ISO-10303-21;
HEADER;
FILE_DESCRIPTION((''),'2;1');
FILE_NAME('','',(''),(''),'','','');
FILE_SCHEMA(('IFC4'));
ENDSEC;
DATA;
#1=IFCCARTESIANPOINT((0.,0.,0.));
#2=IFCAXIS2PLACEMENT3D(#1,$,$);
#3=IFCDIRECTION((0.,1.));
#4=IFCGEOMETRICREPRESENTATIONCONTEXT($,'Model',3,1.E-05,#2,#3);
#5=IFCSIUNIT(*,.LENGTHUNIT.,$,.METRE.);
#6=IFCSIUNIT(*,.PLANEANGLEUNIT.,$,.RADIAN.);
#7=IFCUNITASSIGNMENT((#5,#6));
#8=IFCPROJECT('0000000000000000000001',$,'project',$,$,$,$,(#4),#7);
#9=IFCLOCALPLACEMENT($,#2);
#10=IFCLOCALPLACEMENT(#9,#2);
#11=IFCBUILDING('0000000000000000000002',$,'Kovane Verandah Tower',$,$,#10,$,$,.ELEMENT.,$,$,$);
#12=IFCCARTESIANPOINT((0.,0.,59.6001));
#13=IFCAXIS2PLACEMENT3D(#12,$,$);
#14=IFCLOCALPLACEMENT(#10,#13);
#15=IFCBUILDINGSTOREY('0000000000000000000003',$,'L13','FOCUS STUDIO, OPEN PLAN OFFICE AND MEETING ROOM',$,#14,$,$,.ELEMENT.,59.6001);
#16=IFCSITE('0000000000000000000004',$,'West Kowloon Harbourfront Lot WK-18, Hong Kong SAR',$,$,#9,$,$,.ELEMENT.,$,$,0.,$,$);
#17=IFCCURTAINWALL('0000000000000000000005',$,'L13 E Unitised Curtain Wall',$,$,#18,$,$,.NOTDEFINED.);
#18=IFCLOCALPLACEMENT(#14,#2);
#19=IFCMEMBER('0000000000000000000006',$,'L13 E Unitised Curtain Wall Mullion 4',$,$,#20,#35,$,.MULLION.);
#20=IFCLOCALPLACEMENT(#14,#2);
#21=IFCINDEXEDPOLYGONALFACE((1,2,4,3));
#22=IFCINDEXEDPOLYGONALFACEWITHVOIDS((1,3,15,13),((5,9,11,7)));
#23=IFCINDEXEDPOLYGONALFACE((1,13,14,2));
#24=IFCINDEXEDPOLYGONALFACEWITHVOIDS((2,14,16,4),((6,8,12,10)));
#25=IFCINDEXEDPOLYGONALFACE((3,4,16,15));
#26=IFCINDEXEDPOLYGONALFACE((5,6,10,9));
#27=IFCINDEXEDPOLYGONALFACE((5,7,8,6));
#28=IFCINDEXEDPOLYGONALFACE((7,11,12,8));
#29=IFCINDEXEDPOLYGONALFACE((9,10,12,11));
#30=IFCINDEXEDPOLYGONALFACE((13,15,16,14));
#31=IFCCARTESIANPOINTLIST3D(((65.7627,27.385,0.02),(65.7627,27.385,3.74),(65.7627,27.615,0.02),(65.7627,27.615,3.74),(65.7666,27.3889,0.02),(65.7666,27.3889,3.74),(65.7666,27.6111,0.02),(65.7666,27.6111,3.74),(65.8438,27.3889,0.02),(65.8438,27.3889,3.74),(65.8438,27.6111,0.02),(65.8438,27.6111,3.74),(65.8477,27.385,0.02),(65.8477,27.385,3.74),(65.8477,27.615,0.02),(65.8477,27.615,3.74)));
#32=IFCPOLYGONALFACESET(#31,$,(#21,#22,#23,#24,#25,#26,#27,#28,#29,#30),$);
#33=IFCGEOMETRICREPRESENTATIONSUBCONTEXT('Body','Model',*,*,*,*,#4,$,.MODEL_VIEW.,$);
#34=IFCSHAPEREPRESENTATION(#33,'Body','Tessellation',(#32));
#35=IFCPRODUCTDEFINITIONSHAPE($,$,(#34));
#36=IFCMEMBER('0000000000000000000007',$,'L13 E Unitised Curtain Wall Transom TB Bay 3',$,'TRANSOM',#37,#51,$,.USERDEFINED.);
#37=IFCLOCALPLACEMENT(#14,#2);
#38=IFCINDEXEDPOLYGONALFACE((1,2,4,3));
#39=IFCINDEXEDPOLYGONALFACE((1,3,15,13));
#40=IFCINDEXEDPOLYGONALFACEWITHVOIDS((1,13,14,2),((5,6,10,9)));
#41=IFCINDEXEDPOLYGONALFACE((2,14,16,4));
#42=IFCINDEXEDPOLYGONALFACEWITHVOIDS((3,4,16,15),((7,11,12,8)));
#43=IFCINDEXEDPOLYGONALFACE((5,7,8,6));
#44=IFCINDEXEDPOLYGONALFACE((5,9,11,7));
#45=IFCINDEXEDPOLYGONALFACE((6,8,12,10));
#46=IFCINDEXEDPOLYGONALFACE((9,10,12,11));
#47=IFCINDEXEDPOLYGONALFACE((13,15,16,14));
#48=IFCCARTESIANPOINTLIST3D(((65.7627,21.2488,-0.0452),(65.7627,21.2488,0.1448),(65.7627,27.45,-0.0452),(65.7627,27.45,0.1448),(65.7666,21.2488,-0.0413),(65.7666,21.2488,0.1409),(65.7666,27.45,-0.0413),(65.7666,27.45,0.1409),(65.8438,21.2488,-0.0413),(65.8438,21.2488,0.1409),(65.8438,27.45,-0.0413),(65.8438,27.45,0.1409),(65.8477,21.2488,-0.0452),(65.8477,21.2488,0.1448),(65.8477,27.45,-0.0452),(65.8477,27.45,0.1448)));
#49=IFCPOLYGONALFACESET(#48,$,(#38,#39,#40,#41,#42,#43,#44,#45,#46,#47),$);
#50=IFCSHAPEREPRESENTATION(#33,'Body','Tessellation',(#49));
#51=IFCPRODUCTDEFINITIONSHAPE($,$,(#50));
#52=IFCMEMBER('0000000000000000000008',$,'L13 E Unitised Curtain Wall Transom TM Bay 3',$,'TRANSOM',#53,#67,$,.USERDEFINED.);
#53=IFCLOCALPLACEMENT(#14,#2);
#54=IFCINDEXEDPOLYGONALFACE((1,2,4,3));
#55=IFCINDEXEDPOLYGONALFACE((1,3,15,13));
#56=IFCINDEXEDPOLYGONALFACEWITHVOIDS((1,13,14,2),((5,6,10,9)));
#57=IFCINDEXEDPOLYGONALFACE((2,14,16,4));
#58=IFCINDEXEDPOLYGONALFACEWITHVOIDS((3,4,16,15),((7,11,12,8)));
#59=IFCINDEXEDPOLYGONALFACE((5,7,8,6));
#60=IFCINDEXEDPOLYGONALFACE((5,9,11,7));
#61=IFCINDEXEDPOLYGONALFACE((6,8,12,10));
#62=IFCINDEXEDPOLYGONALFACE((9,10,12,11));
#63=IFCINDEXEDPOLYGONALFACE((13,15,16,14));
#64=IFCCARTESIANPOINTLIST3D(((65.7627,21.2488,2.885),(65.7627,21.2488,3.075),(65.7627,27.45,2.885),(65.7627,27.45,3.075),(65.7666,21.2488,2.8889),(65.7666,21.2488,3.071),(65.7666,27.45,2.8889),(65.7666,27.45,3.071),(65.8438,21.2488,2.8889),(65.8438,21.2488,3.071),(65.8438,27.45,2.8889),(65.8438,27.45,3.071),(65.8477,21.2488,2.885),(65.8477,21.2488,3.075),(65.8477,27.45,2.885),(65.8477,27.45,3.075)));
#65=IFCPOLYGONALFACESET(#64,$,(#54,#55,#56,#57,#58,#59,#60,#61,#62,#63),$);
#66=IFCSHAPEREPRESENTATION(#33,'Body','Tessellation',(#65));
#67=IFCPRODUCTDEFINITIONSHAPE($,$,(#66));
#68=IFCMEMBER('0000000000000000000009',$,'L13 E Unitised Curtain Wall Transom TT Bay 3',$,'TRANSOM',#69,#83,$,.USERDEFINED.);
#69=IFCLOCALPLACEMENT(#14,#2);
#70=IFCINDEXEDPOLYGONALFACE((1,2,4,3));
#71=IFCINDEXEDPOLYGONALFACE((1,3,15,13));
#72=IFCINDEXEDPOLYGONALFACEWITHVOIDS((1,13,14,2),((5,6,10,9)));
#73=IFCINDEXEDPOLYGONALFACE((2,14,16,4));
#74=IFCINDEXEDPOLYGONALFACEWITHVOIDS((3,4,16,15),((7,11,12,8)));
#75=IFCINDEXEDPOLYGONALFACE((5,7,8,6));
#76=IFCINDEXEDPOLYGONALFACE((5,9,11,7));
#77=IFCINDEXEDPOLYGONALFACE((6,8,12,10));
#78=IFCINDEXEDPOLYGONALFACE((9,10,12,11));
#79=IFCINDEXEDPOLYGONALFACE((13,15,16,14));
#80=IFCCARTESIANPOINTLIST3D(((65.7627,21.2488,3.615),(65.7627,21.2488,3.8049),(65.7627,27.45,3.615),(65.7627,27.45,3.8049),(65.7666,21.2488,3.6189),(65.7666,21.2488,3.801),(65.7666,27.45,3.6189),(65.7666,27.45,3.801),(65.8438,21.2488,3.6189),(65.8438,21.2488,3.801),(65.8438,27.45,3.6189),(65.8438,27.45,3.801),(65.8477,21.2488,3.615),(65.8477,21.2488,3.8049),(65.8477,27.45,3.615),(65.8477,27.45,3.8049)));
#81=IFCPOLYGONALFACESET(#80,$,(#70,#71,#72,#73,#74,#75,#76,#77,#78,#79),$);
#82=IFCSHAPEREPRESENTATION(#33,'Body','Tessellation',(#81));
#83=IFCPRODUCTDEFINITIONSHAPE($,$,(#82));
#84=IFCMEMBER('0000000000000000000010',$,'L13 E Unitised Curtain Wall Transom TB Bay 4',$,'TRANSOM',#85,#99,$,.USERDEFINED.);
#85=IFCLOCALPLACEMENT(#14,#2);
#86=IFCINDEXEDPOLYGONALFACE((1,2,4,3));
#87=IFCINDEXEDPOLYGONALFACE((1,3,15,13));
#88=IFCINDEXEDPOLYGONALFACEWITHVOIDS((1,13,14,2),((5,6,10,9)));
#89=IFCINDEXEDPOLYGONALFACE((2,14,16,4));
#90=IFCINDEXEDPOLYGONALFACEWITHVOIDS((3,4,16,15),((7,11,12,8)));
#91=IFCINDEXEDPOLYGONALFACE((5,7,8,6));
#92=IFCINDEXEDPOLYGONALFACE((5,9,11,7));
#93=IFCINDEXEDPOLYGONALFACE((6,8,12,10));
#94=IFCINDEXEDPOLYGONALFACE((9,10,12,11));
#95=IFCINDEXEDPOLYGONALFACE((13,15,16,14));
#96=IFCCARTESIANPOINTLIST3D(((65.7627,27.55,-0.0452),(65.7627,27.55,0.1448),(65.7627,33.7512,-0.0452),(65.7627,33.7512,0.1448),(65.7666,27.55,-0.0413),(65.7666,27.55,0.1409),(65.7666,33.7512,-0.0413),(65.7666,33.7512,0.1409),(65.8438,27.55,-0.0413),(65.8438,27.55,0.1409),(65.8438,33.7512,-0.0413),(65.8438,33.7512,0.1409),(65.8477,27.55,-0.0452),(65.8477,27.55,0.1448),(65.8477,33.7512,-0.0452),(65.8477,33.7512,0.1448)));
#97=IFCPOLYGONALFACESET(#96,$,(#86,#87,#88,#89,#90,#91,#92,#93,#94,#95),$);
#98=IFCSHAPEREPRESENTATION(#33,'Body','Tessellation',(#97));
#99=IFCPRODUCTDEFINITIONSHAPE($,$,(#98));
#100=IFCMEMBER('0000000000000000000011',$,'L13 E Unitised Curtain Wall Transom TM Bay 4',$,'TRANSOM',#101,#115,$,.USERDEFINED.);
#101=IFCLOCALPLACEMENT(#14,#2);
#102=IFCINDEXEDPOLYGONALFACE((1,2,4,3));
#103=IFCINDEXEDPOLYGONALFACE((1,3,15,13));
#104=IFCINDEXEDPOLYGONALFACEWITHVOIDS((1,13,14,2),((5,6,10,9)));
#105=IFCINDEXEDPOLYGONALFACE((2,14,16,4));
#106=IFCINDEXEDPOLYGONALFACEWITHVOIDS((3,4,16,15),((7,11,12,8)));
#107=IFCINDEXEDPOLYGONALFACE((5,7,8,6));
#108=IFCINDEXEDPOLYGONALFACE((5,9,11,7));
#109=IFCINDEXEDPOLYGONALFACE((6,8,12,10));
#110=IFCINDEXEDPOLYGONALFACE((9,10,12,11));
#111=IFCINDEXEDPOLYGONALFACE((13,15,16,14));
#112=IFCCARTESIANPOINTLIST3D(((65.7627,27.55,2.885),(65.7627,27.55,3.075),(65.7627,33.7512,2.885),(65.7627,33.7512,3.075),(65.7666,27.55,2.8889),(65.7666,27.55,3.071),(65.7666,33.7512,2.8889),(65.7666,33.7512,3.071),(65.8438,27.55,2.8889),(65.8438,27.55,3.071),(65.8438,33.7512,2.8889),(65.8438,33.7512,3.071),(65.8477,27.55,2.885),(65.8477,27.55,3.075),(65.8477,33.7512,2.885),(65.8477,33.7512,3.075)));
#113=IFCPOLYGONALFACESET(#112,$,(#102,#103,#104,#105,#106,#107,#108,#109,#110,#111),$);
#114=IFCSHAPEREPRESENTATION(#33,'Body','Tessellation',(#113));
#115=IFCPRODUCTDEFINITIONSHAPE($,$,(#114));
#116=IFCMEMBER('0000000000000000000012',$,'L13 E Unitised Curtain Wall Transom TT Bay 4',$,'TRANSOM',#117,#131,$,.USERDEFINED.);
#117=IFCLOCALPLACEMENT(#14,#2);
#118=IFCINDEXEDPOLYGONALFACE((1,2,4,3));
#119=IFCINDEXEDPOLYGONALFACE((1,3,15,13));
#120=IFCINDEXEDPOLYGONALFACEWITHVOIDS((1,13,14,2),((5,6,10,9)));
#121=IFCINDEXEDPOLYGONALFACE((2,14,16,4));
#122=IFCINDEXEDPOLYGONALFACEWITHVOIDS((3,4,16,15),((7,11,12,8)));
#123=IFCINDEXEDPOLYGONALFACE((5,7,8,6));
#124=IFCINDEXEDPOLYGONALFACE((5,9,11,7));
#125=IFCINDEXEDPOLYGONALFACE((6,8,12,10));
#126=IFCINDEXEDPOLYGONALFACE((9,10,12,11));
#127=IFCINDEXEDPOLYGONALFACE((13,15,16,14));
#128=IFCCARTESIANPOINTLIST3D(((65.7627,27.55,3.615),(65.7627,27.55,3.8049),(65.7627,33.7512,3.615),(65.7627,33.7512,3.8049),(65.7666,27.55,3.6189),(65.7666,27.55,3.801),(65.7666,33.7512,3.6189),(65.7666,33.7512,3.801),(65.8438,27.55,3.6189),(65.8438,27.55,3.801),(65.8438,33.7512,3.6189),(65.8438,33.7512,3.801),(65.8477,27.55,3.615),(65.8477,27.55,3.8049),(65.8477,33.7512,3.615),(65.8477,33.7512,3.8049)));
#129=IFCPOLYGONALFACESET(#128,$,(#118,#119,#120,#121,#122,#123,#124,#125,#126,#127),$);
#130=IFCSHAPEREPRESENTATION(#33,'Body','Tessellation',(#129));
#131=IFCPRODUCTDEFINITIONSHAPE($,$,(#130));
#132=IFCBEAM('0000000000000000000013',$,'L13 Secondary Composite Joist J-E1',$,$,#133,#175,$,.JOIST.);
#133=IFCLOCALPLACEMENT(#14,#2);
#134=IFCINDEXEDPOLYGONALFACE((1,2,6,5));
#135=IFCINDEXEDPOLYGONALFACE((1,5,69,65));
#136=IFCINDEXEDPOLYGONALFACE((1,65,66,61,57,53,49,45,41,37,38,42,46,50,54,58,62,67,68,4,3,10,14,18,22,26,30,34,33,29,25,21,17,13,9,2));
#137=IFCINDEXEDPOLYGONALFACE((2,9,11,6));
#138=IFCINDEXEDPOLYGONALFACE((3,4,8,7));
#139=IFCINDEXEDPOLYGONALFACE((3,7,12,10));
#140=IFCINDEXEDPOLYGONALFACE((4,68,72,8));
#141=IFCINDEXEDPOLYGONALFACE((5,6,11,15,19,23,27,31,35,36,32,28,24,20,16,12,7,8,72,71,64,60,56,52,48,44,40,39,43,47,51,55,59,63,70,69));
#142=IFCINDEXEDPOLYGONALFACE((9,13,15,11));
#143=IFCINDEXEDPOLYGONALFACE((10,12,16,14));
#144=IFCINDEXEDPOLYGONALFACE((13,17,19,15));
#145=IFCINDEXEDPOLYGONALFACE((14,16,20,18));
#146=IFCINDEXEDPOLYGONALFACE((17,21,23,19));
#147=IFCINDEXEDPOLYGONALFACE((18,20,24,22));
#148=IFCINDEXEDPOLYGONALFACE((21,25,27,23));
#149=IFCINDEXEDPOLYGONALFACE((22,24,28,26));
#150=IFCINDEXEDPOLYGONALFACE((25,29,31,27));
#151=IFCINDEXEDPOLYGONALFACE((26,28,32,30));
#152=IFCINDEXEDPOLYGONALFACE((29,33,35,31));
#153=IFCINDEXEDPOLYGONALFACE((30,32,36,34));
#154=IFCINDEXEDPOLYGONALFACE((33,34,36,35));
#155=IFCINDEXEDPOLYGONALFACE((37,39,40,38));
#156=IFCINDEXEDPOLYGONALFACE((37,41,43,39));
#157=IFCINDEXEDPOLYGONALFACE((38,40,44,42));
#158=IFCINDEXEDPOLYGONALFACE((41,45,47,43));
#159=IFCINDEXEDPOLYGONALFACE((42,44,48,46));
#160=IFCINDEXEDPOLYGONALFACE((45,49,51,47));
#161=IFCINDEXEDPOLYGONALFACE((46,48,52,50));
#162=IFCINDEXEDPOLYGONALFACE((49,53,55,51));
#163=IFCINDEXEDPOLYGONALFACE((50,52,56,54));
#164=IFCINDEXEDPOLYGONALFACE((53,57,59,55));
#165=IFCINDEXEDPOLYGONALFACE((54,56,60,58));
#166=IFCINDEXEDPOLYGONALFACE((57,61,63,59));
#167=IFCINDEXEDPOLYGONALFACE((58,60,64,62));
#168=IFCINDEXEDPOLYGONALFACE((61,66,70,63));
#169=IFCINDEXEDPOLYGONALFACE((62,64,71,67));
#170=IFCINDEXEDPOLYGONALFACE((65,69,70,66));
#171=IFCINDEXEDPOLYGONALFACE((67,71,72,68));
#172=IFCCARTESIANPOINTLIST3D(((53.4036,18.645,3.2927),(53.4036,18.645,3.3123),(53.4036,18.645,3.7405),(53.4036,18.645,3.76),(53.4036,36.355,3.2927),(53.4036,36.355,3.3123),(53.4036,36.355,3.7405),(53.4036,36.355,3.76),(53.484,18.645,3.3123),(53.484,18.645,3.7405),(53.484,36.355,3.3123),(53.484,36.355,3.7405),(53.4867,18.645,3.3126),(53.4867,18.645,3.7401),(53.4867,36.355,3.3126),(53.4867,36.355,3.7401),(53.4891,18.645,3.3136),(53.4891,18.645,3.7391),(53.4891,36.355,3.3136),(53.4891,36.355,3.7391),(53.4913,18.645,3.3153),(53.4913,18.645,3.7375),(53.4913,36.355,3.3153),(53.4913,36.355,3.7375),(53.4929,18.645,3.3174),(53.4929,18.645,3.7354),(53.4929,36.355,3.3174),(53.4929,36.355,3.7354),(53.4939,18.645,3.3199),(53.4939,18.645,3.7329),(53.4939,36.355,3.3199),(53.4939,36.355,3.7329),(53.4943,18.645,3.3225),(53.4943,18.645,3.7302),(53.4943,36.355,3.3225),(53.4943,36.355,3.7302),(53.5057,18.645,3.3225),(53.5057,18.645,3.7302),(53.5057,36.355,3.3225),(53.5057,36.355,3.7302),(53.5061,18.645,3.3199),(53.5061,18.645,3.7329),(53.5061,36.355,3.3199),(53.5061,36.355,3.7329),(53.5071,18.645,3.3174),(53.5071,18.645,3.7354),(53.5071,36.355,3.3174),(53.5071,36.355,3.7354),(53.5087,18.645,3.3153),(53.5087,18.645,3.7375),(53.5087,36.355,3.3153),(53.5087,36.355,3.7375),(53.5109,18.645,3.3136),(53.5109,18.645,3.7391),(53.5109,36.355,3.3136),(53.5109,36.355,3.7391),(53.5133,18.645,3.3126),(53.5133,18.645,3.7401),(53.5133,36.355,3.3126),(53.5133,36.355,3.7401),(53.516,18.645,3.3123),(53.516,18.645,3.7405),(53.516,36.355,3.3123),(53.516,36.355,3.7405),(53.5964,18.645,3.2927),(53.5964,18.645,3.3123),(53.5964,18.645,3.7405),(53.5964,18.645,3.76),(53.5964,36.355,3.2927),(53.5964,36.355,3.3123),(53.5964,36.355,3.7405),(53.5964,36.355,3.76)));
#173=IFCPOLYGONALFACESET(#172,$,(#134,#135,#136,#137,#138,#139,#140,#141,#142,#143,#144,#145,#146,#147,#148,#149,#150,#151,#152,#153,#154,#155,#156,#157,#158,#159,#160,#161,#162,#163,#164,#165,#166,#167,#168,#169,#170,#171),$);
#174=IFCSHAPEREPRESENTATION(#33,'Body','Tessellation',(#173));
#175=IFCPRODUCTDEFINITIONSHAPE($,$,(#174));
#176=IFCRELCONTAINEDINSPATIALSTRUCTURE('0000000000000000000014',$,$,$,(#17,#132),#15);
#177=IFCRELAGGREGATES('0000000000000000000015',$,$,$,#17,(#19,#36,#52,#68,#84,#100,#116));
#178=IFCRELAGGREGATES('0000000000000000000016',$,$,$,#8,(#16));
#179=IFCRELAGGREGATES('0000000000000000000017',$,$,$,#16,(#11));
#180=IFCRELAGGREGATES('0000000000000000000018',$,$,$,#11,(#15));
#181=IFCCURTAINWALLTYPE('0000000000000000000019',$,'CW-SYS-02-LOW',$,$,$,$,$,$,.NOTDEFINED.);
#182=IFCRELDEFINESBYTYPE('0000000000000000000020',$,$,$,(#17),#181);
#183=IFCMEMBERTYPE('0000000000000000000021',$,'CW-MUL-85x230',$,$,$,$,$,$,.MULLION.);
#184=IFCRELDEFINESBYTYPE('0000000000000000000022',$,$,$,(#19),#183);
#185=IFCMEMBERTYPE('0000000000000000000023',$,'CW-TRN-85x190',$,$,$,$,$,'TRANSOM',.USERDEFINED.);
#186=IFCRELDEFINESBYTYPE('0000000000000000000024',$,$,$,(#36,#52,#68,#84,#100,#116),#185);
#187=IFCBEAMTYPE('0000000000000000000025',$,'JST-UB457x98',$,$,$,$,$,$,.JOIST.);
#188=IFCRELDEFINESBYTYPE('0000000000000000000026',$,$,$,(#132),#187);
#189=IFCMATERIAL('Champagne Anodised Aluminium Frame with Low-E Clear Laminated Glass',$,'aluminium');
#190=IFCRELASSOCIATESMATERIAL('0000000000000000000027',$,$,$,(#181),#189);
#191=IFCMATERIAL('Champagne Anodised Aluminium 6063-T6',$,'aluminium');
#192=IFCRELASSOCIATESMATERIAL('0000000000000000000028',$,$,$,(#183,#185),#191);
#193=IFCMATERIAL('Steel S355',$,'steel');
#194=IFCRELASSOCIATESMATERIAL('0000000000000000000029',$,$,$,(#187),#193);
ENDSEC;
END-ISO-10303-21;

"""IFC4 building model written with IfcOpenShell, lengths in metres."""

from ifc_helpers import new_model, si_unit, direction, frame, origin, origin_2d, place, context, subcontext, project, spatial, hollow_rectangle, i_section, extrude, material, material_profile, profile_set, type_object, element, aggregate, save


model = new_model("IFC4")

# Units and contexts
model_context = context("Model", 3, precision=1e-05, world=origin(), true_north=direction((0.0, 1.0)))
body_context = subcontext(model_context, "Body", "Model", "MODEL_VIEW")
ifc_project = project(units=[si_unit("LENGTHUNIT", "METRE"), si_unit("PLANEANGLEUNIT", "RADIAN")], contexts=[model_context])

# Site, building, storey
site_placement = place(None, origin())
site = spatial("IfcSite", under=ifc_project, at=site_placement, Name="West Kowloon Harbourfront Lot WK-18, Hong Kong SAR", CompositionType="ELEMENT", RefElevation=0.0)
building_placement = place(site_placement, origin())
building = spatial("IfcBuilding", under=site, at=building_placement, Name="Kovane Verandah Tower", CompositionType="ELEMENT")
storey_placement = place(building_placement, frame((0.0, 0.0, 59.6001)))
storey = spatial("IfcBuildingStorey", under=building, at=storey_placement, Name="L13", Description="FOCUS STUDIO, OPEN PLAN OFFICE AND MEETING ROOM", CompositionType="ELEMENT", Elevation=59.6001)

# Shared definitions
ifc_material_1 = material(Name="Steel S355", Category="steel")

# Curtain wall, members
ifc_material_2 = material(Name="Champagne Anodised Aluminium Frame with Low-E Clear Laminated Glass", Category="aluminium")
curtain_wall_type = type_object("IfcCurtainWallType", Name="CW-SYS-02-LOW", PredefinedType="NOTDEFINED", material=ifc_material_2)
curtain_wall_placement = place(storey_placement, origin())
curtain_wall = element("IfcCurtainWall", 1, at=curtain_wall_placement, inside=storey, type_object=curtain_wall_type, Name="L13 E Unitised Curtain Wall", PredefinedType="NOTDEFINED")
ifc_material_3 = material(Name="Champagne Anodised Aluminium 6063-T6", Category="aluminium")
ifc_material_profile_1 = material_profile(ifc_material_3, hollow_rectangle(XDim=0.085, YDim=0.23, WallThickness=0.0039, at=origin_2d()), Name="AL85x230x4")
ifc_profile_set_1 = profile_set([ifc_material_profile_1], Name="Champagne Anodised Aluminium 6063-T6")
member_type_1 = type_object("IfcMemberType", Name="CW-MUL-85x230", PredefinedType="MULLION", material=ifc_profile_set_1)
member_1_placement = place(storey_placement, frame((65.8052, 27.5, 0.02), z_axis=(0.0, 0.0, 1.0), x_axis=(1.0, 0.0, 0.0)))
member_1 = element("IfcMember", 2, at=member_1_placement, type_object=member_type_1, Name="L13 E Unitised Curtain Wall Mullion 4", PredefinedType="MULLION", context=body_context, shape_type="SweptSolid", body=[
    extrude(hollow_rectangle(XDim=0.085, YDim=0.23, WallThickness=0.0039, at=origin_2d()), origin(), (0.0, 0.0, 1.0), 3.72),
])
ifc_material_profile_2 = material_profile(ifc_material_3, hollow_rectangle(XDim=0.085, YDim=0.1899, WallThickness=0.0039, at=origin_2d()), Name="AL85x190x4")
ifc_profile_set_2 = profile_set([ifc_material_profile_2], Name="Champagne Anodised Aluminium 6063-T6")
member_type_2 = type_object("IfcMemberType", Name="CW-TRN-85x190", ElementType="TRANSOM", PredefinedType="USERDEFINED", material=ifc_profile_set_2)
member_2_placement = place(storey_placement, frame((65.8052, 21.2488, 0.0498), z_axis=(0.0, 1.0, 0.0), x_axis=(-1.0, 0.0, 0.0)))
member_2 = element("IfcMember", 3, at=member_2_placement, type_object=member_type_2, Name="L13 E Unitised Curtain Wall Transom TB Bay 3", ObjectType="TRANSOM", PredefinedType="USERDEFINED", context=body_context, shape_type="SweptSolid", body=[
    extrude(hollow_rectangle(XDim=0.085, YDim=0.1899, WallThickness=0.0039, at=origin_2d()), origin(), (0.0, 0.0, 1.0), 6.2012),
])
member_3_placement = place(storey_placement, frame((65.8052, 21.2488, 2.98), z_axis=(0.0, 1.0, 0.0), x_axis=(-1.0, 0.0, 0.0)))
member_3 = element("IfcMember", 4, at=member_3_placement, type_object=member_type_2, Name="L13 E Unitised Curtain Wall Transom TM Bay 3", ObjectType="TRANSOM", PredefinedType="USERDEFINED", context=body_context, shape_type="SweptSolid", body=[
    extrude(hollow_rectangle(XDim=0.085, YDim=0.1899, WallThickness=0.0039, at=origin_2d()), origin(), (0.0, 0.0, 1.0), 6.2012),
])
member_4_placement = place(storey_placement, frame((65.8052, 21.2488, 3.71), z_axis=(0.0, 1.0, 0.0), x_axis=(-1.0, 0.0, 0.0)))
member_4 = element("IfcMember", 5, at=member_4_placement, type_object=member_type_2, Name="L13 E Unitised Curtain Wall Transom TT Bay 3", ObjectType="TRANSOM", PredefinedType="USERDEFINED", context=body_context, shape_type="SweptSolid", body=[
    extrude(hollow_rectangle(XDim=0.085, YDim=0.1899, WallThickness=0.0039, at=origin_2d()), origin(), (0.0, 0.0, 1.0), 6.2012),
])
member_5_placement = place(storey_placement, frame((65.8052, 27.55, 0.0498), z_axis=(0.0, 1.0, 0.0), x_axis=(-1.0, 0.0, 0.0)))
member_5 = element("IfcMember", 6, at=member_5_placement, type_object=member_type_2, Name="L13 E Unitised Curtain Wall Transom TB Bay 4", ObjectType="TRANSOM", PredefinedType="USERDEFINED", context=body_context, shape_type="SweptSolid", body=[
    extrude(hollow_rectangle(XDim=0.085, YDim=0.1899, WallThickness=0.0039, at=origin_2d()), origin(), (0.0, 0.0, 1.0), 6.2012),
])
member_6_placement = place(storey_placement, frame((65.8052, 27.55, 2.98), z_axis=(0.0, 1.0, 0.0), x_axis=(-1.0, 0.0, 0.0)))
member_6 = element("IfcMember", 7, at=member_6_placement, type_object=member_type_2, Name="L13 E Unitised Curtain Wall Transom TM Bay 4", ObjectType="TRANSOM", PredefinedType="USERDEFINED", context=body_context, shape_type="SweptSolid", body=[
    extrude(hollow_rectangle(XDim=0.085, YDim=0.1899, WallThickness=0.0039, at=origin_2d()), origin(), (0.0, 0.0, 1.0), 6.2012),
])
member_7_placement = place(storey_placement, frame((65.8052, 27.55, 3.71), z_axis=(0.0, 1.0, 0.0), x_axis=(-1.0, 0.0, 0.0)))
member_7 = element("IfcMember", 8, at=member_7_placement, type_object=member_type_2, Name="L13 E Unitised Curtain Wall Transom TT Bay 4", ObjectType="TRANSOM", PredefinedType="USERDEFINED", context=body_context, shape_type="SweptSolid", body=[
    extrude(hollow_rectangle(XDim=0.085, YDim=0.1899, WallThickness=0.0039, at=origin_2d()), origin(), (0.0, 0.0, 1.0), 6.2012),
])

# Beam
ifc_material_profile_3 = material_profile(ifc_material_1, i_section(OverallWidth=0.1929, OverallDepth=0.4673, WebThickness=0.0115, FlangeThickness=0.0195, FilletRadius=0.0103, at=origin_2d()), Name="UB457x191x98")
ifc_profile_set_3 = profile_set([ifc_material_profile_3], Name="Steel S355")
beam_type_1 = type_object("IfcBeamType", Name="JST-UB457x98", PredefinedType="JOIST", material=ifc_profile_set_3)
for number, where, z_axis, x_axis, name in (
    (9, (53.5, 18.645, 3.5264), (0.0, 1.0, 0.0), (-1.0, 0.0, 0.0), "L13 Secondary Composite Joist J-E1"),
):
    element("IfcBeam", number, at=place(storey_placement, frame(where, z_axis=z_axis, x_axis=x_axis)), inside=storey, type_object=beam_type_1, Name=name, PredefinedType="JOIST", context=body_context, shape_type="SweptSolid", body=[
        extrude(i_section(OverallWidth=0.1929, OverallDepth=0.4673, WebThickness=0.0115, FlangeThickness=0.0195, FilletRadius=0.0103, at=origin_2d()), origin(), (0.0, 0.0, 1.0), 17.71),
    ])

aggregate(curtain_wall, [member_1, member_2, member_3, member_4, member_5, member_6, member_7])

save(model, "model.ifc")
